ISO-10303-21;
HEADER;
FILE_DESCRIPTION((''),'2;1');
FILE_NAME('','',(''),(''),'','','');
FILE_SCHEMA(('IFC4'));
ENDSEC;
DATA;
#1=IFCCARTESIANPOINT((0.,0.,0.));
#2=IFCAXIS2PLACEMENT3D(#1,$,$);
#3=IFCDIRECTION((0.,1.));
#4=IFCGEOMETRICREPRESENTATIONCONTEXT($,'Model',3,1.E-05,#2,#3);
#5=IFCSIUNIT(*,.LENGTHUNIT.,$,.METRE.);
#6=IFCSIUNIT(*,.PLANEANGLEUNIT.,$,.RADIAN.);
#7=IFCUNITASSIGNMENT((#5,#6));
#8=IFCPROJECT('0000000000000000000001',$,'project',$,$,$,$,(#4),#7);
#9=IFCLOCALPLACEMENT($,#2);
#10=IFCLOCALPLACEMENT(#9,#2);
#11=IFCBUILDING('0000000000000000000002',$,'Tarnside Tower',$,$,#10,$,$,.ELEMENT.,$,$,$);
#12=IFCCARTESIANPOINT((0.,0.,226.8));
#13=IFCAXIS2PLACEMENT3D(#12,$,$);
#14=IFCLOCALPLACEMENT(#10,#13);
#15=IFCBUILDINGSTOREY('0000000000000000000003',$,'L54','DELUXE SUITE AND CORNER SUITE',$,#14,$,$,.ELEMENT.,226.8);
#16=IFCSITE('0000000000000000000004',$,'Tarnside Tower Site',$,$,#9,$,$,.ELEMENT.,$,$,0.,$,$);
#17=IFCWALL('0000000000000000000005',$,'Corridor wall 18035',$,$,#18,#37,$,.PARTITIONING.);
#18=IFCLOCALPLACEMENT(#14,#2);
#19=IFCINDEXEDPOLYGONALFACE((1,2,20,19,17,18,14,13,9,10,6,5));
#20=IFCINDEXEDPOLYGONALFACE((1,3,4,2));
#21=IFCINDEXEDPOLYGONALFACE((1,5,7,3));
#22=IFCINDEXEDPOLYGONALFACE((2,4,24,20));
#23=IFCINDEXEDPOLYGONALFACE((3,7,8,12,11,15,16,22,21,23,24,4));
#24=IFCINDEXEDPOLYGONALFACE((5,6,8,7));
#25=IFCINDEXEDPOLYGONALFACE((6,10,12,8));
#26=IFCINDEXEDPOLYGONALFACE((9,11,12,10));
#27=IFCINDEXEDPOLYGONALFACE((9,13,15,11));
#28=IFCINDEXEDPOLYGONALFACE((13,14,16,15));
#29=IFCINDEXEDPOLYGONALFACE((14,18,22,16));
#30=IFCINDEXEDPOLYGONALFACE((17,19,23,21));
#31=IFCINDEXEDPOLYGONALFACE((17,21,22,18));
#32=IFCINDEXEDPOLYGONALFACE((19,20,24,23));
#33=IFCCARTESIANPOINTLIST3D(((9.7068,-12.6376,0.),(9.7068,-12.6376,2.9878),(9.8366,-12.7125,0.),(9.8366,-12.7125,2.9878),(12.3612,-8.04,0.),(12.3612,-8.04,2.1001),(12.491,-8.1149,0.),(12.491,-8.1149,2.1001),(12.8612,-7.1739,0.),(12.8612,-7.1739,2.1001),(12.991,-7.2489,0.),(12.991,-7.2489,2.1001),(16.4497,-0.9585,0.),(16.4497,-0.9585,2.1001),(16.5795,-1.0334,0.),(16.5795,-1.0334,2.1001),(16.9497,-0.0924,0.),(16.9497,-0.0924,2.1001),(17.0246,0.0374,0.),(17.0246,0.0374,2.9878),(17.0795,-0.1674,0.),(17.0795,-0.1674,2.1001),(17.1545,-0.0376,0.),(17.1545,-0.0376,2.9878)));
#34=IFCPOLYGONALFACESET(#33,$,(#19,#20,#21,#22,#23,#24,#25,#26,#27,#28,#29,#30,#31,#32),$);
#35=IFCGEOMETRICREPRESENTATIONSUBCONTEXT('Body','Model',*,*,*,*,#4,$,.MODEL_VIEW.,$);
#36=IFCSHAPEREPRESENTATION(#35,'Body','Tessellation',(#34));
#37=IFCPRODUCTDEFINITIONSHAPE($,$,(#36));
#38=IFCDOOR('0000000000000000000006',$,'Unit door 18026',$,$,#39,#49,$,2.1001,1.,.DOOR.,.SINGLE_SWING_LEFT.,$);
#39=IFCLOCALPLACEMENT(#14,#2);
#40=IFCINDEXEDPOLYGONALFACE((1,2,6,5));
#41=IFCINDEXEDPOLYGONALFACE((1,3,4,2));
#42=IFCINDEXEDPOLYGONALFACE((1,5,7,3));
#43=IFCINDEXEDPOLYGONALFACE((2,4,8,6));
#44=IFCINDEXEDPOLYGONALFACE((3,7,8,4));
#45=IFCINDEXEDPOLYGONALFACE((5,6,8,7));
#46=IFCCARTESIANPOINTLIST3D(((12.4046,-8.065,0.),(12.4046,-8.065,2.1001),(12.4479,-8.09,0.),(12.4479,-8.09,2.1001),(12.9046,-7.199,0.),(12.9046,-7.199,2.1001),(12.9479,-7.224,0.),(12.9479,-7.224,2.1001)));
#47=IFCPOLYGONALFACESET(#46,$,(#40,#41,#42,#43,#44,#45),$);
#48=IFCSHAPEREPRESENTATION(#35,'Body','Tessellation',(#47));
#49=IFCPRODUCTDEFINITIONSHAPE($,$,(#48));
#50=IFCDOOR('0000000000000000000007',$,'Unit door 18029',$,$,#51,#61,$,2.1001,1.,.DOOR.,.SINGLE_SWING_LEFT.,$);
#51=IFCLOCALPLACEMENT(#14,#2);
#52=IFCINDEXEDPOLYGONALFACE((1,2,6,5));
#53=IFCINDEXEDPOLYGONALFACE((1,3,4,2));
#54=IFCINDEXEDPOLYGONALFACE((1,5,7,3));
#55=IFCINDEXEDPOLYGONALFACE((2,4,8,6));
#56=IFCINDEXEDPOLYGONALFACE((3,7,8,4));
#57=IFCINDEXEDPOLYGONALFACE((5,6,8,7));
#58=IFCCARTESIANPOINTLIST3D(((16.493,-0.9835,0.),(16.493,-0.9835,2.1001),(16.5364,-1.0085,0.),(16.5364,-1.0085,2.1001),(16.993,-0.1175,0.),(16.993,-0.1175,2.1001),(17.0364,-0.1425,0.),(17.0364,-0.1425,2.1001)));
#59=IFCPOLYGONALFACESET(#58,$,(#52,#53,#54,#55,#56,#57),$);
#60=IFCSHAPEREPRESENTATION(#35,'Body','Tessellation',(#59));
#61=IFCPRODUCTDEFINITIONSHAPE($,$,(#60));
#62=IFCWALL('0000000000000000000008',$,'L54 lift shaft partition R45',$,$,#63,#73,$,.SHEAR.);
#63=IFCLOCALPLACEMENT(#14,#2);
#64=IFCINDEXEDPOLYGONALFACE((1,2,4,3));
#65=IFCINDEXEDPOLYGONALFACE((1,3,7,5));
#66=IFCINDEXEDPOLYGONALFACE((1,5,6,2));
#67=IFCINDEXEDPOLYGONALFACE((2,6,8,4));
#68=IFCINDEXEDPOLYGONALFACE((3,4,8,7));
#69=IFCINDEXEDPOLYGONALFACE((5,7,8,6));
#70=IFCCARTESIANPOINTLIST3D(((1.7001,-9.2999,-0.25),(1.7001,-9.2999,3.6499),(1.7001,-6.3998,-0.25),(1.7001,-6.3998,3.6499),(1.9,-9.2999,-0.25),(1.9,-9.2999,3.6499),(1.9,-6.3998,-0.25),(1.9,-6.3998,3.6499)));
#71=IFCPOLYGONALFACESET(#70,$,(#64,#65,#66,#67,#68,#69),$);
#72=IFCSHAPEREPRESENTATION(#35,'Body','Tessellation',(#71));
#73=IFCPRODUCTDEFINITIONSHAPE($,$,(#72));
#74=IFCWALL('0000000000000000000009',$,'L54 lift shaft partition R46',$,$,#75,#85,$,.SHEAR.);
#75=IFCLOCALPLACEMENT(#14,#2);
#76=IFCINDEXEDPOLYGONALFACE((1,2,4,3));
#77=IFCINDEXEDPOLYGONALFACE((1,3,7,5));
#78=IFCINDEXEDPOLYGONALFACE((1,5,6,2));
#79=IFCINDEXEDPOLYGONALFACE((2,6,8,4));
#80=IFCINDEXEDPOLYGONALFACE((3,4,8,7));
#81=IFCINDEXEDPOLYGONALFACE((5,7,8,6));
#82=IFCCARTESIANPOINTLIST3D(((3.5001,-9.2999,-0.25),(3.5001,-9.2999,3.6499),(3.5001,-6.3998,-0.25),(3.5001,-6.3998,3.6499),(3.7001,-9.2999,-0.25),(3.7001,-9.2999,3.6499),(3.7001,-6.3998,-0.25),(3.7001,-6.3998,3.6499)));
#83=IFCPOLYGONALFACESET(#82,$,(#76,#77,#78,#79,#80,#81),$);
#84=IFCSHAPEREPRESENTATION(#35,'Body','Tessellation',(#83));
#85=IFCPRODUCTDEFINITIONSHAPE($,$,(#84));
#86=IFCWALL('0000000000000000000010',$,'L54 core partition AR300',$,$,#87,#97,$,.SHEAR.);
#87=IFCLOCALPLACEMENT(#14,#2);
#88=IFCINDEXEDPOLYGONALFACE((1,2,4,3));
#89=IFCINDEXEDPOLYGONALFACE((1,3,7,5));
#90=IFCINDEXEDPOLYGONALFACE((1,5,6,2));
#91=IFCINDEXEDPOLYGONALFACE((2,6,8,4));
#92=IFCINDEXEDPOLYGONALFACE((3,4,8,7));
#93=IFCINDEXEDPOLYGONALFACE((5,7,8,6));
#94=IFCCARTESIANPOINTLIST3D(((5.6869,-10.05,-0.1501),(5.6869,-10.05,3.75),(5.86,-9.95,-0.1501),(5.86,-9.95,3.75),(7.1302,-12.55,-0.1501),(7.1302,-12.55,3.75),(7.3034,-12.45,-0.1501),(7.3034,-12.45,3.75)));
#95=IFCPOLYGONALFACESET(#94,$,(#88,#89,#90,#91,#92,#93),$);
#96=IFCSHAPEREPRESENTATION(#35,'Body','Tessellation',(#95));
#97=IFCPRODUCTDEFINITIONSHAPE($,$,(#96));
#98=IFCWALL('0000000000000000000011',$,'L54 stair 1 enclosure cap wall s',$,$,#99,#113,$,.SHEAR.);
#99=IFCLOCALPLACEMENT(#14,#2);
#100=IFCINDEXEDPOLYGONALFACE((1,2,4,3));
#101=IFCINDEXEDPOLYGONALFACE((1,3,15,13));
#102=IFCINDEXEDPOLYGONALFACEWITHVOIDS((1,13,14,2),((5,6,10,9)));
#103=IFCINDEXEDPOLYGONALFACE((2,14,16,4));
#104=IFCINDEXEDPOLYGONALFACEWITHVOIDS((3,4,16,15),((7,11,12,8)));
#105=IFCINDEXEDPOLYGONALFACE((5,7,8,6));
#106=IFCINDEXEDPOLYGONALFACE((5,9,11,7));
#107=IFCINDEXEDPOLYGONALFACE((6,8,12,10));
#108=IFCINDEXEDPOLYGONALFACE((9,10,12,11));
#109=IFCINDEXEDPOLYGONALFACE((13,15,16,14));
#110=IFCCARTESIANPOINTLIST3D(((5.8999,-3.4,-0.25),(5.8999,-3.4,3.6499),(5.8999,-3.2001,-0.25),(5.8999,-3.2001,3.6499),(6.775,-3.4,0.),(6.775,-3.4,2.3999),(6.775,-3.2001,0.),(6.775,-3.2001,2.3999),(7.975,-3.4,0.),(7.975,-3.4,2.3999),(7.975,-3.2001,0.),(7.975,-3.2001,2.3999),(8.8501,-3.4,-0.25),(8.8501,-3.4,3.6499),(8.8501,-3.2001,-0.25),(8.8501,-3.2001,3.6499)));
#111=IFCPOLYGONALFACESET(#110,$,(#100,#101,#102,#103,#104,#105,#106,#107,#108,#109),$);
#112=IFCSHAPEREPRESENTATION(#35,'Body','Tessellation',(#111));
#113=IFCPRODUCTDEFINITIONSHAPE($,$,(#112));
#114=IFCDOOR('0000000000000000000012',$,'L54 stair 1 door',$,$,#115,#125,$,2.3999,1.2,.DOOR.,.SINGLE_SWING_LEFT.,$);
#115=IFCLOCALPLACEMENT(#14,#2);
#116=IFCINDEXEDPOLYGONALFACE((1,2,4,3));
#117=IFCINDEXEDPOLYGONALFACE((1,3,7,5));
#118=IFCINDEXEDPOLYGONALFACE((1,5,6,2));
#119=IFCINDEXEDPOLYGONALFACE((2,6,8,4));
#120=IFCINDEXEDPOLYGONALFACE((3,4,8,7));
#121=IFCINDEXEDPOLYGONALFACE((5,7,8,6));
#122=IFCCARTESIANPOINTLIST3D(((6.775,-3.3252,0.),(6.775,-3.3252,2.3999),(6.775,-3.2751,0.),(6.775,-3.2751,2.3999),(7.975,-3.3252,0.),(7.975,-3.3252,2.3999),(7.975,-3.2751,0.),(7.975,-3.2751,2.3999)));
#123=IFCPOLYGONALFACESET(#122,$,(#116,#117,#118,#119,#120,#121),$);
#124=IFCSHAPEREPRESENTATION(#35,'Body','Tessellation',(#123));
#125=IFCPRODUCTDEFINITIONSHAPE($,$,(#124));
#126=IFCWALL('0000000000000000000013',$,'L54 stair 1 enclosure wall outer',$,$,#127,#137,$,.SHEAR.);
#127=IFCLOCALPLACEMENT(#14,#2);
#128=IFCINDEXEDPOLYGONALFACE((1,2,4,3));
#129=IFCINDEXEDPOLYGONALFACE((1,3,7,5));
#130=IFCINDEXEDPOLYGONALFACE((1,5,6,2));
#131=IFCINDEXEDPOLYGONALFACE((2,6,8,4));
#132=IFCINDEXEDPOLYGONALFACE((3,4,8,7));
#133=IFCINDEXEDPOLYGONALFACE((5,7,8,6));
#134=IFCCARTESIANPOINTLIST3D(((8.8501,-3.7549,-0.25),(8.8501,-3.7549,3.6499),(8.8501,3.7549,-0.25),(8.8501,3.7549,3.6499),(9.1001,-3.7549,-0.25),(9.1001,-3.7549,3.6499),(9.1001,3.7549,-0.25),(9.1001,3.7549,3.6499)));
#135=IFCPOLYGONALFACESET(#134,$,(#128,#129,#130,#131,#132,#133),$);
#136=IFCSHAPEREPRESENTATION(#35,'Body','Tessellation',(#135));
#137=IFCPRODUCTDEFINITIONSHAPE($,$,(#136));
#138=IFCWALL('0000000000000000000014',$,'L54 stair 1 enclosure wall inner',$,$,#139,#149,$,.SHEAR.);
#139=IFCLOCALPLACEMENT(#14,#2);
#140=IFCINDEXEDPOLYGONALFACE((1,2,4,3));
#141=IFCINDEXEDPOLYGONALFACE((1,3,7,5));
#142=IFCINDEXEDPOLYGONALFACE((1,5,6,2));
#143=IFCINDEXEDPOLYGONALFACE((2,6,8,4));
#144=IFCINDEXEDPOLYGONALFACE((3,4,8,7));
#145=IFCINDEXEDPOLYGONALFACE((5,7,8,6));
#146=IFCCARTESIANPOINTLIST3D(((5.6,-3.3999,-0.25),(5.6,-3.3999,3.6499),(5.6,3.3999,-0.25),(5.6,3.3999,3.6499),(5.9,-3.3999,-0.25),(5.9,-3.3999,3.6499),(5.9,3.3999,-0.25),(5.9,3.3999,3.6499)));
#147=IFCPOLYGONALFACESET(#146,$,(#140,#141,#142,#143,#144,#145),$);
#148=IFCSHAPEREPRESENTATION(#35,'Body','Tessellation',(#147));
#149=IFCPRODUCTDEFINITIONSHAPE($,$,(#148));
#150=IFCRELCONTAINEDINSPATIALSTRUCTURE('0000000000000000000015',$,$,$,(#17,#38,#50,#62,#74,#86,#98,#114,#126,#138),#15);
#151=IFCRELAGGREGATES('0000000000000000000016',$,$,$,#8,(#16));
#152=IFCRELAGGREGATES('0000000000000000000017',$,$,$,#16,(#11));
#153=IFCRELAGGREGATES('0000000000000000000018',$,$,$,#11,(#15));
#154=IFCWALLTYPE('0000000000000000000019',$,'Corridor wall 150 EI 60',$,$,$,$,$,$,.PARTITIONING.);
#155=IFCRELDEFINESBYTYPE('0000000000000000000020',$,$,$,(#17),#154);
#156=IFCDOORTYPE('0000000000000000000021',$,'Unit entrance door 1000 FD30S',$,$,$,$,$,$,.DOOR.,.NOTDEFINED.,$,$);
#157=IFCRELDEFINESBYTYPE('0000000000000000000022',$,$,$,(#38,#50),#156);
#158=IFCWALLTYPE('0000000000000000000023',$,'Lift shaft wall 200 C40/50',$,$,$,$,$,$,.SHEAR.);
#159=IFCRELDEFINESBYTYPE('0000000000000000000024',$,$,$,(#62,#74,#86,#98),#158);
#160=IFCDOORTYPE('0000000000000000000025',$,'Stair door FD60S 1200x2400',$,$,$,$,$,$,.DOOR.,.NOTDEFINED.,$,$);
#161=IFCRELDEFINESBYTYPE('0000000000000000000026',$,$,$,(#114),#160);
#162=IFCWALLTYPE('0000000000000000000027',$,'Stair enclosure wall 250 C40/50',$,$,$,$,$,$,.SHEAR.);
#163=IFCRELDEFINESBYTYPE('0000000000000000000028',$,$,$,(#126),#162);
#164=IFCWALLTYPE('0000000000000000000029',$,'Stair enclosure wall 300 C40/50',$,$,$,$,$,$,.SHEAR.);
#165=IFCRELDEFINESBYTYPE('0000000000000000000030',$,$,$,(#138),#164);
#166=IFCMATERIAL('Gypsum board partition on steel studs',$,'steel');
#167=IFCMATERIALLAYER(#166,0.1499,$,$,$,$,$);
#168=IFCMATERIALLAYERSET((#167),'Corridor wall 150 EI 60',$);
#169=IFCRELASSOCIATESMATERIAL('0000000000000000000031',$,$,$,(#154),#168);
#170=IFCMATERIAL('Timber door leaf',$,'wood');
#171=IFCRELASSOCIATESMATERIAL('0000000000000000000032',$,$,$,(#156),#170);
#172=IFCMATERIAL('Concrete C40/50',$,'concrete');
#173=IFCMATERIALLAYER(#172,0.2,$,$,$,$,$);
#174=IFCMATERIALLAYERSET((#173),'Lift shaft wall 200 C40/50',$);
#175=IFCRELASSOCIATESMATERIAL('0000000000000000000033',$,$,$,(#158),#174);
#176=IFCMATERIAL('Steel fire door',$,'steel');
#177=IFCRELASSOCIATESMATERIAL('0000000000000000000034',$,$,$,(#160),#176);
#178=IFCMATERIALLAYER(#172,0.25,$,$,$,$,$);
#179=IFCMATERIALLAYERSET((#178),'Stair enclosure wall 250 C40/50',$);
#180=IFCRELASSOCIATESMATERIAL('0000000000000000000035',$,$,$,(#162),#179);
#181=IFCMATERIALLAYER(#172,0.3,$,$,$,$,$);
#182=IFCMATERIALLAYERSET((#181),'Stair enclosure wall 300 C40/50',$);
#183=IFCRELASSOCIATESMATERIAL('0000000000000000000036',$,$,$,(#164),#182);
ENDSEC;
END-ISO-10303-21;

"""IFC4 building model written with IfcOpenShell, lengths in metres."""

from ifc_helpers import new_model, si_unit, direction, frame, frame_2d, origin, place, context, subcontext, project, spatial, rectangle, extrude, material, layer, layer_set, type_object, element, fill, save


model = new_model("IFC4")

# Units and contexts
model_context = context("Model", 3, precision=1e-05, world=origin(), true_north=direction((0.0, 1.0)))
body_context = subcontext(model_context, "Body", "Model", "MODEL_VIEW")
ifc_project = project(units=[si_unit("LENGTHUNIT", "METRE"), si_unit("PLANEANGLEUNIT", "RADIAN")], contexts=[model_context])

# Site, building, storey
site_placement = place(None, origin())
site = spatial("IfcSite", under=ifc_project, at=site_placement, Name="Tarnside Tower Site", CompositionType="ELEMENT", RefElevation=0.0)
building_placement = place(site_placement, origin())
building = spatial("IfcBuilding", under=site, at=building_placement, Name="Tarnside Tower", CompositionType="ELEMENT")
storey_placement = place(building_placement, frame((0.0, 0.0, 226.8)))
storey = spatial("IfcBuildingStorey", under=building, at=storey_placement, Name="L54", Description="DELUXE SUITE AND CORNER SUITE", CompositionType="ELEMENT", Elevation=226.8)

# Shared definitions
ifc_material_1 = material(Name="Concrete C40/50", Category="concrete")

# Shared definitions
ifc_material_2 = material(Name="Steel fire door", Category="steel")

# Wall, openings, doors
ifc_material_3 = material(Name="Gypsum board partition on steel studs", Category="steel")
ifc_layer_1 = layer(ifc_material_3, 0.1499)
ifc_layer_set_1 = layer_set([ifc_layer_1], Name="Corridor wall 150 EI 60")
wall_type_1 = type_object("IfcWallType", Name="Corridor wall 150 EI 60", PredefinedType="PARTITIONING", material=ifc_layer_set_1)
wall_1_placement = place(storey_placement, frame((9.7717, -12.675, 0.0), z_axis=(0.0, 0.0, 1.0), x_axis=(0.499996, 0.866028, 0.0)))
wall_1 = element("IfcWall", 1, at=wall_1_placement, inside=storey, type_object=wall_type_1, Name="Corridor wall 18035", PredefinedType="PARTITIONING", context=body_context, shape_type="SweptSolid", body=[
    extrude(rectangle(XDim=14.6357, YDim=0.1499, at=frame_2d((7.3179, 0.0))), origin(), (0.0, 0.0, 1.0), 2.9878),
])
opening_1_placement = place(wall_1_placement, frame((5.3088, 0.0, 0.0)))
opening_1 = element("IfcOpeningElement", 2, at=opening_1_placement, cuts=wall_1, PredefinedType="OPENING", context=body_context, shape_type="SweptSolid", body=[
    extrude(rectangle(XDim=1.0, YDim=2.1001, at=frame_2d((0.5, 1.05))), frame((0.0, 0.085, 0.0), z_axis=(0.0, -1.0, 0.0), x_axis=(1.0, 0.0, 0.0)), (0.0, 0.0, 1.0), 0.1699),
])
opening_2_placement = place(wall_1_placement, frame((13.4858, 0.0, 0.0)))
opening_2 = element("IfcOpeningElement", 3, at=opening_2_placement, cuts=wall_1, PredefinedType="OPENING", context=body_context, shape_type="SweptSolid", body=[
    extrude(rectangle(XDim=1.0, YDim=2.1001, at=frame_2d((0.5, 1.05))), frame((0.0, 0.085, 0.0), z_axis=(0.0, -1.0, 0.0), x_axis=(1.0, 0.0, 0.0)), (0.0, 0.0, 1.0), 0.1699),
])
ifc_material_4 = material(Name="Timber door leaf", Category="wood")
door_type_1 = type_object("IfcDoorType", Name="Unit entrance door 1000 FD30S", OperationType="NOTDEFINED", PredefinedType="DOOR", material=ifc_material_4)
door_1_placement = place(opening_1_placement, origin())
door_1 = element("IfcDoor", 4, at=door_1_placement, inside=storey, type_object=door_type_1, Name="Unit door 18026", OperationType="SINGLE_SWING_LEFT", OverallHeight=2.1001, OverallWidth=1.0, PredefinedType="DOOR", context=body_context, shape_type="SweptSolid", body=[
    extrude(rectangle(XDim=1.0, YDim=2.1001, at=frame_2d((0.5, 1.05))), frame((0.0, 0.0249, 0.0), z_axis=(0.0, -1.0, 0.0), x_axis=(1.0, 0.0, 0.0)), (0.0, 0.0, 1.0), 0.05),
])
fill(opening_1, door_1)
door_2_placement = place(opening_2_placement, origin())
door_2 = element("IfcDoor", 5, at=door_2_placement, inside=storey, type_object=door_type_1, Name="Unit door 18029", OperationType="SINGLE_SWING_LEFT", OverallHeight=2.1001, OverallWidth=1.0, PredefinedType="DOOR", context=body_context, shape_type="SweptSolid", body=[
    extrude(rectangle(XDim=1.0, YDim=2.1001, at=frame_2d((0.5, 1.05))), frame((0.0, 0.0249, 0.0), z_axis=(0.0, -1.0, 0.0), x_axis=(1.0, 0.0, 0.0)), (0.0, 0.0, 1.0), 0.05),
])
fill(opening_2, door_2)

# Walls
ifc_layer_2 = layer(ifc_material_1, 0.2)
ifc_layer_set_2 = layer_set([ifc_layer_2], Name="Lift shaft wall 200 C40/50")
wall_type_2 = type_object("IfcWallType", Name="Lift shaft wall 200 C40/50", PredefinedType="SHEAR", material=ifc_layer_set_2)
for number, where, z_axis, x_axis, name in (
    (6, (1.8, -9.3, -0.25), (0.0, 0.0, 1.0), (0.0, 1.0, 0.0), "L54 lift shaft partition R45"),
    (7, (3.6001, -9.3, -0.25), (0.0, 0.0, 1.0), (0.0, 1.0, 0.0), "L54 lift shaft partition R46"),
):
    element("IfcWall", number, at=place(storey_placement, frame(where, z_axis=z_axis, x_axis=x_axis)), inside=storey, type_object=wall_type_2, Name=name, PredefinedType="SHEAR", context=body_context, shape_type="SweptSolid", body=[
        extrude(rectangle(XDim=2.9001, YDim=0.2, at=frame_2d((1.4502, 0.0))), origin(), (0.0, 0.0, 1.0), 3.8999),
    ])
wall_2_placement = place(storey_placement, frame((5.7734, -10.0, -0.1501), z_axis=(0.0, 0.0, 1.0), x_axis=(0.499996, -0.866028, 0.0)))
element("IfcWall", 8, at=wall_2_placement, inside=storey, type_object=wall_type_2, Name="L54 core partition AR300", PredefinedType="SHEAR", context=body_context, shape_type="SweptSolid", body=[
    extrude(rectangle(XDim=2.8867, YDim=0.2, at=frame_2d((1.4434, 0.0))), origin(), (0.0, 0.0, 1.0), 3.9001),
])

# Wall, opening, door
wall_3_placement = place(storey_placement, frame((5.8999, -3.3, -0.25), z_axis=(0.0, 0.0, 1.0), x_axis=(1.0, 0.0, 0.0)))
wall_3 = element("IfcWall", 9, at=wall_3_placement, inside=storey, type_object=wall_type_2, Name="L54 stair 1 enclosure cap wall s", PredefinedType="SHEAR", context=body_context, shape_type="SweptSolid", body=[
    extrude(rectangle(XDim=2.9502, YDim=0.2, at=frame_2d((1.4751, 0.0))), origin(), (0.0, 0.0, 1.0), 3.8999),
])
opening_3_placement = place(wall_3_placement, frame((0.875, 0.0, 0.25)))
opening_3 = element("IfcOpeningElement", 10, at=opening_3_placement, cuts=wall_3, PredefinedType="OPENING", context=body_context, shape_type="SweptSolid", body=[
    extrude(rectangle(XDim=1.2, YDim=2.3999, at=frame_2d((0.6001, 1.2))), frame((0.0, 0.1099, 0.0), z_axis=(0.0, -1.0, 0.0), x_axis=(1.0, 0.0, 0.0)), (0.0, 0.0, 1.0), 0.22),
])
door_type_2 = type_object("IfcDoorType", Name="Stair door FD60S 1200x2400", OperationType="NOTDEFINED", PredefinedType="DOOR", material=ifc_material_2)
door_3_placement = place(opening_3_placement, origin())
door_3 = element("IfcDoor", 11, at=door_3_placement, inside=storey, type_object=door_type_2, Name="L54 stair 1 door", OperationType="SINGLE_SWING_LEFT", OverallHeight=2.3999, OverallWidth=1.2, PredefinedType="DOOR", context=body_context, shape_type="SweptSolid", body=[
    extrude(rectangle(XDim=1.2, YDim=2.3999, at=frame_2d((0.6001, 1.2))), frame((0.0, 0.0249, 0.0), z_axis=(0.0, -1.0, 0.0), x_axis=(1.0, 0.0, 0.0)), (0.0, 0.0, 1.0), 0.05),
])
fill(opening_3, door_3)

# Walls
ifc_layer_3 = layer(ifc_material_1, 0.25)
ifc_layer_set_3 = layer_set([ifc_layer_3], Name="Stair enclosure wall 250 C40/50")
wall_type_3 = type_object("IfcWallType", Name="Stair enclosure wall 250 C40/50", PredefinedType="SHEAR", material=ifc_layer_set_3)
wall_4_placement = place(storey_placement, frame((8.9751, -3.7549, -0.25), z_axis=(0.0, 0.0, 1.0), x_axis=(0.0, 1.0, 0.0)))
element("IfcWall", 12, at=wall_4_placement, inside=storey, type_object=wall_type_3, Name="L54 stair 1 enclosure wall outer", PredefinedType="SHEAR", context=body_context, shape_type="SweptSolid", body=[
    extrude(rectangle(XDim=7.5098, YDim=0.25, at=frame_2d((3.7549, 0.0))), origin(), (0.0, 0.0, 1.0), 3.8999),
])
ifc_layer_4 = layer(ifc_material_1, 0.3)
ifc_layer_set_4 = layer_set([ifc_layer_4], Name="Stair enclosure wall 300 C40/50")
wall_type_4 = type_object("IfcWallType", Name="Stair enclosure wall 300 C40/50", PredefinedType="SHEAR", material=ifc_layer_set_4)
wall_5_placement = place(storey_placement, frame((5.75, -3.3999, -0.25), z_axis=(0.0, 0.0, 1.0), x_axis=(0.0, 1.0, 0.0)))
element("IfcWall", 13, at=wall_5_placement, inside=storey, type_object=wall_type_4, Name="L54 stair 1 enclosure wall inner", PredefinedType="SHEAR", context=body_context, shape_type="SweptSolid", body=[
    extrude(rectangle(XDim=6.7998, YDim=0.3, at=frame_2d((3.3999, 0.0))), origin(), (0.0, 0.0, 1.0), 3.8999),
])

save(model, "model.ifc")
